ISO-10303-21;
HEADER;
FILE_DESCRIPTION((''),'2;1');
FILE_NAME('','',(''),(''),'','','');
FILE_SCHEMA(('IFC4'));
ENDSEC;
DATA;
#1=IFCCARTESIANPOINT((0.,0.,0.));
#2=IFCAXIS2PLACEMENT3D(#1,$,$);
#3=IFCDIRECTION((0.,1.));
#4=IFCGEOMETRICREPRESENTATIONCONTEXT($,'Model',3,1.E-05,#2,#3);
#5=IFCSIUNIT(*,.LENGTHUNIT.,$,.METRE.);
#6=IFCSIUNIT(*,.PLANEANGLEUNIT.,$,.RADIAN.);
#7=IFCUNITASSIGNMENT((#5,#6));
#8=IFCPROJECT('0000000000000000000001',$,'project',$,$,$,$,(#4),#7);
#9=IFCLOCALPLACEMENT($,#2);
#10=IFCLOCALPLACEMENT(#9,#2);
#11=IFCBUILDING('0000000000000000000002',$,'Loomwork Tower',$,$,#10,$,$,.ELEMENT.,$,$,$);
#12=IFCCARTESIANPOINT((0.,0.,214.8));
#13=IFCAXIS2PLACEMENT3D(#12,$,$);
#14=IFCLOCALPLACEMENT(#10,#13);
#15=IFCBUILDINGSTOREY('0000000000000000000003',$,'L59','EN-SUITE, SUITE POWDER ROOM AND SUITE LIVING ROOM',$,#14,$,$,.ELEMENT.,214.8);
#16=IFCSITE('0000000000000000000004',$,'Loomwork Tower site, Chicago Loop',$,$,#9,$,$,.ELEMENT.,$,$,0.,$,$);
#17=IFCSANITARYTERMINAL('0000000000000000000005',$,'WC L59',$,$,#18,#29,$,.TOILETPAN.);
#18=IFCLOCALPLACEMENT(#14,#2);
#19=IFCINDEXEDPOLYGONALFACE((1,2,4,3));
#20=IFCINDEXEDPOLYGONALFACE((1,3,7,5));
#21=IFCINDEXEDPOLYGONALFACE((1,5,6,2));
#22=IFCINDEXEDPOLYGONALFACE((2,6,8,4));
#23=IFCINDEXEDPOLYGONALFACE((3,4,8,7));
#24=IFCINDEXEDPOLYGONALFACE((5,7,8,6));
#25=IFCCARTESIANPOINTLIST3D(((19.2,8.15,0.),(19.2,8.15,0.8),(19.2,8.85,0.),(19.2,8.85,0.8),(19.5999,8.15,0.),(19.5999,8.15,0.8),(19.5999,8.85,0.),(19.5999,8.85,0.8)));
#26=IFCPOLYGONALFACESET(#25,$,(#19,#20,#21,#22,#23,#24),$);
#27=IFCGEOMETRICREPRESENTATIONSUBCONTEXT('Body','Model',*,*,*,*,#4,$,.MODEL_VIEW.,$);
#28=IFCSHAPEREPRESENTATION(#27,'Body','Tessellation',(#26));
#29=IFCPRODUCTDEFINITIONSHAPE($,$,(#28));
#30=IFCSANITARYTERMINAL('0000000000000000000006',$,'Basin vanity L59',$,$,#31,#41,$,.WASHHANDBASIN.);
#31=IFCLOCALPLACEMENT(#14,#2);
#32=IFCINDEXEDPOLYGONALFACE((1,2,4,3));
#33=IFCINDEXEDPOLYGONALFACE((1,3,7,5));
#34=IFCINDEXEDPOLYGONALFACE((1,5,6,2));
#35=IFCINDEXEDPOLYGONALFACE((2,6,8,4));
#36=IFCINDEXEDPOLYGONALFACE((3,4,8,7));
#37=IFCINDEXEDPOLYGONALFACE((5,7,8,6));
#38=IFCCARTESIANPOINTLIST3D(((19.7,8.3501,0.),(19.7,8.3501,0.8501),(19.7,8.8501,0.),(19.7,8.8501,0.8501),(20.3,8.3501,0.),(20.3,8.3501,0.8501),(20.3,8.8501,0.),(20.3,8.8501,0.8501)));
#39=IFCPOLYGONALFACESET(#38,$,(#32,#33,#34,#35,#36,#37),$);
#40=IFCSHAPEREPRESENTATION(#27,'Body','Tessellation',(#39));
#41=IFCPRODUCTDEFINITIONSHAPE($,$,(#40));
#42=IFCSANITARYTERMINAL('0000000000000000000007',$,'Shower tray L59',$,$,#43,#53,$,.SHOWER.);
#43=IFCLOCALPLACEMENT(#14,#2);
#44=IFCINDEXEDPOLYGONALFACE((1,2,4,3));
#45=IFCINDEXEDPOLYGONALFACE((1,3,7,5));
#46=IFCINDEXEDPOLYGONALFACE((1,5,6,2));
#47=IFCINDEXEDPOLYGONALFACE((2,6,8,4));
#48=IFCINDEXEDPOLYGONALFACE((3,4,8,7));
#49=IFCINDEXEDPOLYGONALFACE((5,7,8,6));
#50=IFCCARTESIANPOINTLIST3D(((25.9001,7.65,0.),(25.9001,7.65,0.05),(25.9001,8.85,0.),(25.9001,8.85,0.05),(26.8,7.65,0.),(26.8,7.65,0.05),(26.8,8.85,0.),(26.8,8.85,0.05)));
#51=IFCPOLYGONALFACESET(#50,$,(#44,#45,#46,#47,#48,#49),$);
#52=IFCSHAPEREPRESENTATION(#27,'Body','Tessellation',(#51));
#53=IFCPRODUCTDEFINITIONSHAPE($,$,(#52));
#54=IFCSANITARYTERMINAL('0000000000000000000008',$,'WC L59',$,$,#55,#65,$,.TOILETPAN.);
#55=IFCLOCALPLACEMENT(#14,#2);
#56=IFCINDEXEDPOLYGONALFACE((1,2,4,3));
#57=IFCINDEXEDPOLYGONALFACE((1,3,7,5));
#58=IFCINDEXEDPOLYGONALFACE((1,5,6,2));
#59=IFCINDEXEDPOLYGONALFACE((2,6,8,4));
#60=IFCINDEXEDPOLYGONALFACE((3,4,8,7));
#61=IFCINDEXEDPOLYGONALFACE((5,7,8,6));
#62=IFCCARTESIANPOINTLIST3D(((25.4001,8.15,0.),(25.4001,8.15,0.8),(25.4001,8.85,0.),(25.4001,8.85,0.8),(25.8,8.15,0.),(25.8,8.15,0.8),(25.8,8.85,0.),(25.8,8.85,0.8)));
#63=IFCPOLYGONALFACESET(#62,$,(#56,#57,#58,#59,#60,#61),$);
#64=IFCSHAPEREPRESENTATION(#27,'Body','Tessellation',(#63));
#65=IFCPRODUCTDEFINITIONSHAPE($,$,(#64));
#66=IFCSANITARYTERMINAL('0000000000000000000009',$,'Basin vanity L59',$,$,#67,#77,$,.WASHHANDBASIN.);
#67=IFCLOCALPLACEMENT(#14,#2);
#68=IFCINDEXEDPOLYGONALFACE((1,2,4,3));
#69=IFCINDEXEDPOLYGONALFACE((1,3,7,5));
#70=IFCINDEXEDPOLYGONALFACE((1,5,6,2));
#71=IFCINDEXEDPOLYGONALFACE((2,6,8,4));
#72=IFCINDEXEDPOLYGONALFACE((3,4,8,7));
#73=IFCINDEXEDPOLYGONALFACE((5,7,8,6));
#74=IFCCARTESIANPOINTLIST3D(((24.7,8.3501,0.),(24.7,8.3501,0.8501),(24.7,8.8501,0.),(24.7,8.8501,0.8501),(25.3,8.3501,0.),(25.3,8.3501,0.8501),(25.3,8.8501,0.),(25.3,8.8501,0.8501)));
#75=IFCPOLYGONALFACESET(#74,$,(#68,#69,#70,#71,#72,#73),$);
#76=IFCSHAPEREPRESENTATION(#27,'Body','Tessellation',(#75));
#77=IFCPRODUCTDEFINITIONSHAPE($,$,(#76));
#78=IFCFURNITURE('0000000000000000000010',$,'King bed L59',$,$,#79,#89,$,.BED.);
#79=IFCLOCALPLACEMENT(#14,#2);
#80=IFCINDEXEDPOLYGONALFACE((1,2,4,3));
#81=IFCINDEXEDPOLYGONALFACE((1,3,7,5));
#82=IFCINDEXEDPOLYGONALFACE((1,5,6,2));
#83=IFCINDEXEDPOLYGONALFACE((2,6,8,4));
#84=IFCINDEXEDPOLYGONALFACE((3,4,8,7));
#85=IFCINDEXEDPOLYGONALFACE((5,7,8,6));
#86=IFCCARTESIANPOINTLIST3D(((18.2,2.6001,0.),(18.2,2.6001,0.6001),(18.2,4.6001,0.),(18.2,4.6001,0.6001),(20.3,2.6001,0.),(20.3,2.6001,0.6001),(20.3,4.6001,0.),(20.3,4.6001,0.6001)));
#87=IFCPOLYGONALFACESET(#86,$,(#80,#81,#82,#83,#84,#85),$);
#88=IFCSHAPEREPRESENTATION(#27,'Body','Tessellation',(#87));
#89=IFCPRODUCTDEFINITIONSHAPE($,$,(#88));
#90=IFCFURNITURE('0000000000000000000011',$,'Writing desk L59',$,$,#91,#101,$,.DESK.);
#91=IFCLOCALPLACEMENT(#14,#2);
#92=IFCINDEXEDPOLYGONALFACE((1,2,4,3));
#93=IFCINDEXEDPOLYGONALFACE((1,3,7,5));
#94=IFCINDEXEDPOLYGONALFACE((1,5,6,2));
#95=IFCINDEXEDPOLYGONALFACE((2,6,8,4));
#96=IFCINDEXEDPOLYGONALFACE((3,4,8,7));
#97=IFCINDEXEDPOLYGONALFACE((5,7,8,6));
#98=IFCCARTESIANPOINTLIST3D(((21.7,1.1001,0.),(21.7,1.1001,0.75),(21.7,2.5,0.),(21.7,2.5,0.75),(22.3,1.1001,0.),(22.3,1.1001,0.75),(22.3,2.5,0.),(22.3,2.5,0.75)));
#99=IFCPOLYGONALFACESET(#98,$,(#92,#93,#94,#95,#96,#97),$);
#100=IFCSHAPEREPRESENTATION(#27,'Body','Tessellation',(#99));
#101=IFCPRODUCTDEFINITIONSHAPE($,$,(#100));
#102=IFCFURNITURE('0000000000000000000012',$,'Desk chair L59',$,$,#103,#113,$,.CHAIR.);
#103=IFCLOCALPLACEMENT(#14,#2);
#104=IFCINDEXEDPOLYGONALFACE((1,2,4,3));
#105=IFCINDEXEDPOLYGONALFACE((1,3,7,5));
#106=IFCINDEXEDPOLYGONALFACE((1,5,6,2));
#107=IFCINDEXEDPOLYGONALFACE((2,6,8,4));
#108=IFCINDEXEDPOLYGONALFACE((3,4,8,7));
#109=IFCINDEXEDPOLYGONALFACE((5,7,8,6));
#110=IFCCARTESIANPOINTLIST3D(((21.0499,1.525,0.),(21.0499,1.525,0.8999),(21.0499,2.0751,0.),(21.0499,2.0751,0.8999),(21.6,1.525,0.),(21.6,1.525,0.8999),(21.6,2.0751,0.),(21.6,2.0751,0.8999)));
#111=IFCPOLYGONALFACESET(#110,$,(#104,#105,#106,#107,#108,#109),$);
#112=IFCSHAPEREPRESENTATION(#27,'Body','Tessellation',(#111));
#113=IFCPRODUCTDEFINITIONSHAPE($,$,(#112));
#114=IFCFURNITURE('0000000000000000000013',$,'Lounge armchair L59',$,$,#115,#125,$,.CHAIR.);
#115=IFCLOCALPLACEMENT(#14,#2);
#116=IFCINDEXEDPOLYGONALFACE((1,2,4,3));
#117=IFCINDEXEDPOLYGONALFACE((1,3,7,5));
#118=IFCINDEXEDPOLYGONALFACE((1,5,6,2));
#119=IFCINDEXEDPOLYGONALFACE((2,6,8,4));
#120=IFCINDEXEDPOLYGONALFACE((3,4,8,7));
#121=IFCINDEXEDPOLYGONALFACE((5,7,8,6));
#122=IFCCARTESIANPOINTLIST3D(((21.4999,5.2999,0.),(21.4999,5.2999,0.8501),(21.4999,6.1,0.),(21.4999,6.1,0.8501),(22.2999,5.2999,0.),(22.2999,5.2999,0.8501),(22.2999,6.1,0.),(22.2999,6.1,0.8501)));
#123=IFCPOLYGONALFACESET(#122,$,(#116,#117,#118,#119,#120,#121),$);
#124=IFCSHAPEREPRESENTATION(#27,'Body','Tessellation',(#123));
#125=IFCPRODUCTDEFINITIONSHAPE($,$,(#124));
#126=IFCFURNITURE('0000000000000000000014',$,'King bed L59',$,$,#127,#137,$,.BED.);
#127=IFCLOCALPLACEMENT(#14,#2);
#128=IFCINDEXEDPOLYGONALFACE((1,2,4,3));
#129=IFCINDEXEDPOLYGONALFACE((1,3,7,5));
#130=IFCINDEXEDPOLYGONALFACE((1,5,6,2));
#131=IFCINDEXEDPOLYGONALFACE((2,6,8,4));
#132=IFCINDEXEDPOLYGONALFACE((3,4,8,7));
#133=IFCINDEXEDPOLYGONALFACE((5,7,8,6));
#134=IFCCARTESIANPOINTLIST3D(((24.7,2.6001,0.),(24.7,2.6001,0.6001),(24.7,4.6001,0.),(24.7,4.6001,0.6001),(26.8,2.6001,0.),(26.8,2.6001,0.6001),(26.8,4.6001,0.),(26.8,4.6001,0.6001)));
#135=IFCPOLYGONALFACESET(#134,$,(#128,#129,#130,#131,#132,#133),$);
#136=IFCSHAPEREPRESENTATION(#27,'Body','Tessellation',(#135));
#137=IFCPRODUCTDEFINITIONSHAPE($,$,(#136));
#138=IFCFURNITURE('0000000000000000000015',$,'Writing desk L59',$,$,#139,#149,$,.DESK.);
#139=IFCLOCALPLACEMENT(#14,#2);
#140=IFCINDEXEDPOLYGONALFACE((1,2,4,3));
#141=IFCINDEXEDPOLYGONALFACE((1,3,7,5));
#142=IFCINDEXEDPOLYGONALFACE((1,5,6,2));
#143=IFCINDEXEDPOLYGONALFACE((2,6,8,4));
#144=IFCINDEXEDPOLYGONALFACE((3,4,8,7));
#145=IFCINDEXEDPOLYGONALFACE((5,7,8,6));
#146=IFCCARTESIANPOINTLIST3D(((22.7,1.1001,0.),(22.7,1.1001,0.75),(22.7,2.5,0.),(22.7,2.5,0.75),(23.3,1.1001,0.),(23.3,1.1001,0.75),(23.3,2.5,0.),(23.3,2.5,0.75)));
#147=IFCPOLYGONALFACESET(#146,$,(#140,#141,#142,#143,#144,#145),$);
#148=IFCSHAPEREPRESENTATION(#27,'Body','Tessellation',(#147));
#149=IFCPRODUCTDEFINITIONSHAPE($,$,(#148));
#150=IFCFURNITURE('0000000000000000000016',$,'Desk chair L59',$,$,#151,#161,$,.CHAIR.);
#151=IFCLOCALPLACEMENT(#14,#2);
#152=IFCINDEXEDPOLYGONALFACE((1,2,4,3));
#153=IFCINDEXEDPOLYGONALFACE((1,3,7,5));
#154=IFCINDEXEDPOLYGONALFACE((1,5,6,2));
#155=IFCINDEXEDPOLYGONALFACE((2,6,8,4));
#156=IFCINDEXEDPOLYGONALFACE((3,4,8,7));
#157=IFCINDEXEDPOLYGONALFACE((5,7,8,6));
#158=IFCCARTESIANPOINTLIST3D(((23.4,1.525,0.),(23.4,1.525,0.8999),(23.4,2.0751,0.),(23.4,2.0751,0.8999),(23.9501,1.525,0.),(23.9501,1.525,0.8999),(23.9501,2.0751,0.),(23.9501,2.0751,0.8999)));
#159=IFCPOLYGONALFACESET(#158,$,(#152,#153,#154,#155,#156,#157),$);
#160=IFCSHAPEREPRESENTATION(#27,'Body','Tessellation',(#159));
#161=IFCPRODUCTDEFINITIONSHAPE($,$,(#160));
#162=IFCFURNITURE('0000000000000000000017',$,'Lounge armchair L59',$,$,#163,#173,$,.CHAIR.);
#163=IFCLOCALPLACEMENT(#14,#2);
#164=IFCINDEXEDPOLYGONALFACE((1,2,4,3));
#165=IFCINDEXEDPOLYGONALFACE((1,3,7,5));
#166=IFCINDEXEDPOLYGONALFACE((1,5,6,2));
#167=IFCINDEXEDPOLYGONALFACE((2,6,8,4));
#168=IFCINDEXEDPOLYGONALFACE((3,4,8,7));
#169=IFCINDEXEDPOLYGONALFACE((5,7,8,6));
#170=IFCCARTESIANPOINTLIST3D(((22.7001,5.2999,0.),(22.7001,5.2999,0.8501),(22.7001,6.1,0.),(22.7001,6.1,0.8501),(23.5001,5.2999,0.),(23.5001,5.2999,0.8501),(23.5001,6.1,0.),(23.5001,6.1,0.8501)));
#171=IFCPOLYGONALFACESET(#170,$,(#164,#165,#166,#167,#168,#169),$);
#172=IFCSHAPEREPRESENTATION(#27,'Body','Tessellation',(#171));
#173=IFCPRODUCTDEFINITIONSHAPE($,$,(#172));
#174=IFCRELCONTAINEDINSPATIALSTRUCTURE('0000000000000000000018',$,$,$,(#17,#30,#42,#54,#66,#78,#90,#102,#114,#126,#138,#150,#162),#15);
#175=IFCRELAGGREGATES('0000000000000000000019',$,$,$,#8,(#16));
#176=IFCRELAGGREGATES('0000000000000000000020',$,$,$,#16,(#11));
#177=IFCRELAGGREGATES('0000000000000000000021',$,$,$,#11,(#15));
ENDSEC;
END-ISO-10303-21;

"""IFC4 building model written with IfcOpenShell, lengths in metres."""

from ifc_helpers import new_model, si_unit, direction, frame, origin, origin_2d, place, context, subcontext, project, spatial, rectangle, extrude, element, save


model = new_model("IFC4")

# Units and contexts
model_context = context("Model", 3, precision=1e-05, world=origin(), true_north=direction((0.0, 1.0)))
body_context = subcontext(model_context, "Body", "Model", "MODEL_VIEW")
ifc_project = project(units=[si_unit("LENGTHUNIT", "METRE"), si_unit("PLANEANGLEUNIT", "RADIAN")], contexts=[model_context])

# Site, building, storey
site_placement = place(None, origin())
site = spatial("IfcSite", under=ifc_project, at=site_placement, Name="Loomwork Tower site, Chicago Loop", CompositionType="ELEMENT", RefElevation=0.0)
building_placement = place(site_placement, origin())
building = spatial("IfcBuilding", under=site, at=building_placement, Name="Loomwork Tower", CompositionType="ELEMENT")
storey_placement = place(building_placement, frame((0.0, 0.0, 214.8)))
storey = spatial("IfcBuildingStorey", under=building, at=storey_placement, Name="L59", Description="EN-SUITE, SUITE POWDER ROOM AND SUITE LIVING ROOM", CompositionType="ELEMENT", Elevation=214.8)

# Sanitary terminals
sanitary_terminal_1_placement = place(storey_placement, frame((19.3999, 8.5, 0.0), z_axis=(0.0, 0.0, 1.0), x_axis=(1.0, 0.0, 0.0)))
element("IfcSanitaryTerminal", 1, at=sanitary_terminal_1_placement, inside=storey, Name="WC L59", PredefinedType="TOILETPAN", context=body_context, shape_type="SweptSolid", body=[
    extrude(rectangle(XDim=0.3999, YDim=0.7, at=origin_2d()), origin(), (0.0, 0.0, 1.0), 0.8),
])
sanitary_terminal_2_placement = place(storey_placement, frame((20.0, 8.6001, 0.0), z_axis=(0.0, 0.0, 1.0), x_axis=(1.0, 0.0, 0.0)))
element("IfcSanitaryTerminal", 2, at=sanitary_terminal_2_placement, inside=storey, Name="Basin vanity L59", PredefinedType="WASHHANDBASIN", context=body_context, shape_type="SweptSolid", body=[
    extrude(rectangle(XDim=0.6001, YDim=0.5, at=origin_2d()), origin(), (0.0, 0.0, 1.0), 0.8501),
])
sanitary_terminal_3_placement = place(storey_placement, frame((26.3501, 8.25, 0.0), z_axis=(0.0, 0.0, 1.0), x_axis=(1.0, 0.0, 0.0)))
element("IfcSanitaryTerminal", 3, at=sanitary_terminal_3_placement, inside=storey, Name="Shower tray L59", PredefinedType="SHOWER", context=body_context, shape_type="SweptSolid", body=[
    extrude(rectangle(XDim=0.8999, YDim=1.2, at=origin_2d()), origin(), (0.0, 0.0, 1.0), 0.05),
])
sanitary_terminal_4_placement = place(storey_placement, frame((25.6001, 8.5, 0.0), z_axis=(0.0, 0.0, 1.0), x_axis=(1.0, 0.0, 0.0)))
element("IfcSanitaryTerminal", 4, at=sanitary_terminal_4_placement, inside=storey, Name="WC L59", PredefinedType="TOILETPAN", context=body_context, shape_type="SweptSolid", body=[
    extrude(rectangle(XDim=0.3999, YDim=0.7, at=origin_2d()), origin(), (0.0, 0.0, 1.0), 0.8),
])
sanitary_terminal_5_placement = place(storey_placement, frame((25.0, 8.6001, 0.0), z_axis=(0.0, 0.0, 1.0), x_axis=(1.0, 0.0, 0.0)))
element("IfcSanitaryTerminal", 5, at=sanitary_terminal_5_placement, inside=storey, Name="Basin vanity L59", PredefinedType="WASHHANDBASIN", context=body_context, shape_type="SweptSolid", body=[
    extrude(rectangle(XDim=0.6001, YDim=0.5, at=origin_2d()), origin(), (0.0, 0.0, 1.0), 0.8501),
])

# Furniture
furniture_1_placement = place(storey_placement, frame((19.25, 3.6001, 0.0), z_axis=(0.0, 0.0, 1.0), x_axis=(1.0, 0.0, 0.0)))
element("IfcFurniture", 6, at=furniture_1_placement, inside=storey, Name="King bed L59", PredefinedType="BED", context=body_context, shape_type="SweptSolid", body=[
    extrude(rectangle(XDim=2.1001, YDim=2.0, at=origin_2d()), origin(), (0.0, 0.0, 1.0), 0.6001),
])
furniture_2_placement = place(storey_placement, frame((22.0, 1.8, 0.0), z_axis=(0.0, 0.0, 1.0), x_axis=(1.0, 0.0, 0.0)))
element("IfcFurniture", 7, at=furniture_2_placement, inside=storey, Name="Writing desk L59", PredefinedType="DESK", context=body_context, shape_type="SweptSolid", body=[
    extrude(rectangle(XDim=0.6001, YDim=1.3999, at=origin_2d()), origin(), (0.0, 0.0, 1.0), 0.75),
])
furniture_3_placement = place(storey_placement, frame((21.325, 1.8, 0.0), z_axis=(0.0, 0.0, 1.0), x_axis=(1.0, 0.0, 0.0)))
element("IfcFurniture", 8, at=furniture_3_placement, inside=storey, Name="Desk chair L59", PredefinedType="CHAIR", context=body_context, shape_type="SweptSolid", body=[
    extrude(rectangle(XDim=0.55, YDim=0.55, at=origin_2d()), origin(), (0.0, 0.0, 1.0), 0.8999),
])
furniture_4_placement = place(storey_placement, frame((21.8999, 5.7, 0.0), z_axis=(0.0, 0.0, 1.0), x_axis=(1.0, 0.0, 0.0)))
element("IfcFurniture", 9, at=furniture_4_placement, inside=storey, Name="Lounge armchair L59", PredefinedType="CHAIR", context=body_context, shape_type="SweptSolid", body=[
    extrude(rectangle(XDim=0.8, YDim=0.8, at=origin_2d()), origin(), (0.0, 0.0, 1.0), 0.8501),
])
furniture_5_placement = place(storey_placement, frame((25.75, 3.6001, 0.0), z_axis=(0.0, 0.0, 1.0), x_axis=(1.0, 0.0, 0.0)))
element("IfcFurniture", 10, at=furniture_5_placement, inside=storey, Name="King bed L59", PredefinedType="BED", context=body_context, shape_type="SweptSolid", body=[
    extrude(rectangle(XDim=2.1001, YDim=2.0, at=origin_2d()), origin(), (0.0, 0.0, 1.0), 0.6001),
])
furniture_6_placement = place(storey_placement, frame((23.0, 1.8, 0.0), z_axis=(0.0, 0.0, 1.0), x_axis=(1.0, 0.0, 0.0)))
element("IfcFurniture", 11, at=furniture_6_placement, inside=storey, Name="Writing desk L59", PredefinedType="DESK", context=body_context, shape_type="SweptSolid", body=[
    extrude(rectangle(XDim=0.6001, YDim=1.3999, at=origin_2d()), origin(), (0.0, 0.0, 1.0), 0.75),
])
furniture_7_placement = place(storey_placement, frame((23.675, 1.8, 0.0), z_axis=(0.0, 0.0, 1.0), x_axis=(1.0, 0.0, 0.0)))
element("IfcFurniture", 12, at=furniture_7_placement, inside=storey, Name="Desk chair L59", PredefinedType="CHAIR", context=body_context, shape_type="SweptSolid", body=[
    extrude(rectangle(XDim=0.55, YDim=0.55, at=origin_2d()), origin(), (0.0, 0.0, 1.0), 0.8999),
])
furniture_8_placement = place(storey_placement, frame((23.1001, 5.7, 0.0), z_axis=(0.0, 0.0, 1.0), x_axis=(1.0, 0.0, 0.0)))
element("IfcFurniture", 13, at=furniture_8_placement, inside=storey, Name="Lounge armchair L59", PredefinedType="CHAIR", context=body_context, shape_type="SweptSolid", body=[
    extrude(rectangle(XDim=0.8, YDim=0.8, at=origin_2d()), origin(), (0.0, 0.0, 1.0), 0.8501),
])

save(model, "model.ifc")
